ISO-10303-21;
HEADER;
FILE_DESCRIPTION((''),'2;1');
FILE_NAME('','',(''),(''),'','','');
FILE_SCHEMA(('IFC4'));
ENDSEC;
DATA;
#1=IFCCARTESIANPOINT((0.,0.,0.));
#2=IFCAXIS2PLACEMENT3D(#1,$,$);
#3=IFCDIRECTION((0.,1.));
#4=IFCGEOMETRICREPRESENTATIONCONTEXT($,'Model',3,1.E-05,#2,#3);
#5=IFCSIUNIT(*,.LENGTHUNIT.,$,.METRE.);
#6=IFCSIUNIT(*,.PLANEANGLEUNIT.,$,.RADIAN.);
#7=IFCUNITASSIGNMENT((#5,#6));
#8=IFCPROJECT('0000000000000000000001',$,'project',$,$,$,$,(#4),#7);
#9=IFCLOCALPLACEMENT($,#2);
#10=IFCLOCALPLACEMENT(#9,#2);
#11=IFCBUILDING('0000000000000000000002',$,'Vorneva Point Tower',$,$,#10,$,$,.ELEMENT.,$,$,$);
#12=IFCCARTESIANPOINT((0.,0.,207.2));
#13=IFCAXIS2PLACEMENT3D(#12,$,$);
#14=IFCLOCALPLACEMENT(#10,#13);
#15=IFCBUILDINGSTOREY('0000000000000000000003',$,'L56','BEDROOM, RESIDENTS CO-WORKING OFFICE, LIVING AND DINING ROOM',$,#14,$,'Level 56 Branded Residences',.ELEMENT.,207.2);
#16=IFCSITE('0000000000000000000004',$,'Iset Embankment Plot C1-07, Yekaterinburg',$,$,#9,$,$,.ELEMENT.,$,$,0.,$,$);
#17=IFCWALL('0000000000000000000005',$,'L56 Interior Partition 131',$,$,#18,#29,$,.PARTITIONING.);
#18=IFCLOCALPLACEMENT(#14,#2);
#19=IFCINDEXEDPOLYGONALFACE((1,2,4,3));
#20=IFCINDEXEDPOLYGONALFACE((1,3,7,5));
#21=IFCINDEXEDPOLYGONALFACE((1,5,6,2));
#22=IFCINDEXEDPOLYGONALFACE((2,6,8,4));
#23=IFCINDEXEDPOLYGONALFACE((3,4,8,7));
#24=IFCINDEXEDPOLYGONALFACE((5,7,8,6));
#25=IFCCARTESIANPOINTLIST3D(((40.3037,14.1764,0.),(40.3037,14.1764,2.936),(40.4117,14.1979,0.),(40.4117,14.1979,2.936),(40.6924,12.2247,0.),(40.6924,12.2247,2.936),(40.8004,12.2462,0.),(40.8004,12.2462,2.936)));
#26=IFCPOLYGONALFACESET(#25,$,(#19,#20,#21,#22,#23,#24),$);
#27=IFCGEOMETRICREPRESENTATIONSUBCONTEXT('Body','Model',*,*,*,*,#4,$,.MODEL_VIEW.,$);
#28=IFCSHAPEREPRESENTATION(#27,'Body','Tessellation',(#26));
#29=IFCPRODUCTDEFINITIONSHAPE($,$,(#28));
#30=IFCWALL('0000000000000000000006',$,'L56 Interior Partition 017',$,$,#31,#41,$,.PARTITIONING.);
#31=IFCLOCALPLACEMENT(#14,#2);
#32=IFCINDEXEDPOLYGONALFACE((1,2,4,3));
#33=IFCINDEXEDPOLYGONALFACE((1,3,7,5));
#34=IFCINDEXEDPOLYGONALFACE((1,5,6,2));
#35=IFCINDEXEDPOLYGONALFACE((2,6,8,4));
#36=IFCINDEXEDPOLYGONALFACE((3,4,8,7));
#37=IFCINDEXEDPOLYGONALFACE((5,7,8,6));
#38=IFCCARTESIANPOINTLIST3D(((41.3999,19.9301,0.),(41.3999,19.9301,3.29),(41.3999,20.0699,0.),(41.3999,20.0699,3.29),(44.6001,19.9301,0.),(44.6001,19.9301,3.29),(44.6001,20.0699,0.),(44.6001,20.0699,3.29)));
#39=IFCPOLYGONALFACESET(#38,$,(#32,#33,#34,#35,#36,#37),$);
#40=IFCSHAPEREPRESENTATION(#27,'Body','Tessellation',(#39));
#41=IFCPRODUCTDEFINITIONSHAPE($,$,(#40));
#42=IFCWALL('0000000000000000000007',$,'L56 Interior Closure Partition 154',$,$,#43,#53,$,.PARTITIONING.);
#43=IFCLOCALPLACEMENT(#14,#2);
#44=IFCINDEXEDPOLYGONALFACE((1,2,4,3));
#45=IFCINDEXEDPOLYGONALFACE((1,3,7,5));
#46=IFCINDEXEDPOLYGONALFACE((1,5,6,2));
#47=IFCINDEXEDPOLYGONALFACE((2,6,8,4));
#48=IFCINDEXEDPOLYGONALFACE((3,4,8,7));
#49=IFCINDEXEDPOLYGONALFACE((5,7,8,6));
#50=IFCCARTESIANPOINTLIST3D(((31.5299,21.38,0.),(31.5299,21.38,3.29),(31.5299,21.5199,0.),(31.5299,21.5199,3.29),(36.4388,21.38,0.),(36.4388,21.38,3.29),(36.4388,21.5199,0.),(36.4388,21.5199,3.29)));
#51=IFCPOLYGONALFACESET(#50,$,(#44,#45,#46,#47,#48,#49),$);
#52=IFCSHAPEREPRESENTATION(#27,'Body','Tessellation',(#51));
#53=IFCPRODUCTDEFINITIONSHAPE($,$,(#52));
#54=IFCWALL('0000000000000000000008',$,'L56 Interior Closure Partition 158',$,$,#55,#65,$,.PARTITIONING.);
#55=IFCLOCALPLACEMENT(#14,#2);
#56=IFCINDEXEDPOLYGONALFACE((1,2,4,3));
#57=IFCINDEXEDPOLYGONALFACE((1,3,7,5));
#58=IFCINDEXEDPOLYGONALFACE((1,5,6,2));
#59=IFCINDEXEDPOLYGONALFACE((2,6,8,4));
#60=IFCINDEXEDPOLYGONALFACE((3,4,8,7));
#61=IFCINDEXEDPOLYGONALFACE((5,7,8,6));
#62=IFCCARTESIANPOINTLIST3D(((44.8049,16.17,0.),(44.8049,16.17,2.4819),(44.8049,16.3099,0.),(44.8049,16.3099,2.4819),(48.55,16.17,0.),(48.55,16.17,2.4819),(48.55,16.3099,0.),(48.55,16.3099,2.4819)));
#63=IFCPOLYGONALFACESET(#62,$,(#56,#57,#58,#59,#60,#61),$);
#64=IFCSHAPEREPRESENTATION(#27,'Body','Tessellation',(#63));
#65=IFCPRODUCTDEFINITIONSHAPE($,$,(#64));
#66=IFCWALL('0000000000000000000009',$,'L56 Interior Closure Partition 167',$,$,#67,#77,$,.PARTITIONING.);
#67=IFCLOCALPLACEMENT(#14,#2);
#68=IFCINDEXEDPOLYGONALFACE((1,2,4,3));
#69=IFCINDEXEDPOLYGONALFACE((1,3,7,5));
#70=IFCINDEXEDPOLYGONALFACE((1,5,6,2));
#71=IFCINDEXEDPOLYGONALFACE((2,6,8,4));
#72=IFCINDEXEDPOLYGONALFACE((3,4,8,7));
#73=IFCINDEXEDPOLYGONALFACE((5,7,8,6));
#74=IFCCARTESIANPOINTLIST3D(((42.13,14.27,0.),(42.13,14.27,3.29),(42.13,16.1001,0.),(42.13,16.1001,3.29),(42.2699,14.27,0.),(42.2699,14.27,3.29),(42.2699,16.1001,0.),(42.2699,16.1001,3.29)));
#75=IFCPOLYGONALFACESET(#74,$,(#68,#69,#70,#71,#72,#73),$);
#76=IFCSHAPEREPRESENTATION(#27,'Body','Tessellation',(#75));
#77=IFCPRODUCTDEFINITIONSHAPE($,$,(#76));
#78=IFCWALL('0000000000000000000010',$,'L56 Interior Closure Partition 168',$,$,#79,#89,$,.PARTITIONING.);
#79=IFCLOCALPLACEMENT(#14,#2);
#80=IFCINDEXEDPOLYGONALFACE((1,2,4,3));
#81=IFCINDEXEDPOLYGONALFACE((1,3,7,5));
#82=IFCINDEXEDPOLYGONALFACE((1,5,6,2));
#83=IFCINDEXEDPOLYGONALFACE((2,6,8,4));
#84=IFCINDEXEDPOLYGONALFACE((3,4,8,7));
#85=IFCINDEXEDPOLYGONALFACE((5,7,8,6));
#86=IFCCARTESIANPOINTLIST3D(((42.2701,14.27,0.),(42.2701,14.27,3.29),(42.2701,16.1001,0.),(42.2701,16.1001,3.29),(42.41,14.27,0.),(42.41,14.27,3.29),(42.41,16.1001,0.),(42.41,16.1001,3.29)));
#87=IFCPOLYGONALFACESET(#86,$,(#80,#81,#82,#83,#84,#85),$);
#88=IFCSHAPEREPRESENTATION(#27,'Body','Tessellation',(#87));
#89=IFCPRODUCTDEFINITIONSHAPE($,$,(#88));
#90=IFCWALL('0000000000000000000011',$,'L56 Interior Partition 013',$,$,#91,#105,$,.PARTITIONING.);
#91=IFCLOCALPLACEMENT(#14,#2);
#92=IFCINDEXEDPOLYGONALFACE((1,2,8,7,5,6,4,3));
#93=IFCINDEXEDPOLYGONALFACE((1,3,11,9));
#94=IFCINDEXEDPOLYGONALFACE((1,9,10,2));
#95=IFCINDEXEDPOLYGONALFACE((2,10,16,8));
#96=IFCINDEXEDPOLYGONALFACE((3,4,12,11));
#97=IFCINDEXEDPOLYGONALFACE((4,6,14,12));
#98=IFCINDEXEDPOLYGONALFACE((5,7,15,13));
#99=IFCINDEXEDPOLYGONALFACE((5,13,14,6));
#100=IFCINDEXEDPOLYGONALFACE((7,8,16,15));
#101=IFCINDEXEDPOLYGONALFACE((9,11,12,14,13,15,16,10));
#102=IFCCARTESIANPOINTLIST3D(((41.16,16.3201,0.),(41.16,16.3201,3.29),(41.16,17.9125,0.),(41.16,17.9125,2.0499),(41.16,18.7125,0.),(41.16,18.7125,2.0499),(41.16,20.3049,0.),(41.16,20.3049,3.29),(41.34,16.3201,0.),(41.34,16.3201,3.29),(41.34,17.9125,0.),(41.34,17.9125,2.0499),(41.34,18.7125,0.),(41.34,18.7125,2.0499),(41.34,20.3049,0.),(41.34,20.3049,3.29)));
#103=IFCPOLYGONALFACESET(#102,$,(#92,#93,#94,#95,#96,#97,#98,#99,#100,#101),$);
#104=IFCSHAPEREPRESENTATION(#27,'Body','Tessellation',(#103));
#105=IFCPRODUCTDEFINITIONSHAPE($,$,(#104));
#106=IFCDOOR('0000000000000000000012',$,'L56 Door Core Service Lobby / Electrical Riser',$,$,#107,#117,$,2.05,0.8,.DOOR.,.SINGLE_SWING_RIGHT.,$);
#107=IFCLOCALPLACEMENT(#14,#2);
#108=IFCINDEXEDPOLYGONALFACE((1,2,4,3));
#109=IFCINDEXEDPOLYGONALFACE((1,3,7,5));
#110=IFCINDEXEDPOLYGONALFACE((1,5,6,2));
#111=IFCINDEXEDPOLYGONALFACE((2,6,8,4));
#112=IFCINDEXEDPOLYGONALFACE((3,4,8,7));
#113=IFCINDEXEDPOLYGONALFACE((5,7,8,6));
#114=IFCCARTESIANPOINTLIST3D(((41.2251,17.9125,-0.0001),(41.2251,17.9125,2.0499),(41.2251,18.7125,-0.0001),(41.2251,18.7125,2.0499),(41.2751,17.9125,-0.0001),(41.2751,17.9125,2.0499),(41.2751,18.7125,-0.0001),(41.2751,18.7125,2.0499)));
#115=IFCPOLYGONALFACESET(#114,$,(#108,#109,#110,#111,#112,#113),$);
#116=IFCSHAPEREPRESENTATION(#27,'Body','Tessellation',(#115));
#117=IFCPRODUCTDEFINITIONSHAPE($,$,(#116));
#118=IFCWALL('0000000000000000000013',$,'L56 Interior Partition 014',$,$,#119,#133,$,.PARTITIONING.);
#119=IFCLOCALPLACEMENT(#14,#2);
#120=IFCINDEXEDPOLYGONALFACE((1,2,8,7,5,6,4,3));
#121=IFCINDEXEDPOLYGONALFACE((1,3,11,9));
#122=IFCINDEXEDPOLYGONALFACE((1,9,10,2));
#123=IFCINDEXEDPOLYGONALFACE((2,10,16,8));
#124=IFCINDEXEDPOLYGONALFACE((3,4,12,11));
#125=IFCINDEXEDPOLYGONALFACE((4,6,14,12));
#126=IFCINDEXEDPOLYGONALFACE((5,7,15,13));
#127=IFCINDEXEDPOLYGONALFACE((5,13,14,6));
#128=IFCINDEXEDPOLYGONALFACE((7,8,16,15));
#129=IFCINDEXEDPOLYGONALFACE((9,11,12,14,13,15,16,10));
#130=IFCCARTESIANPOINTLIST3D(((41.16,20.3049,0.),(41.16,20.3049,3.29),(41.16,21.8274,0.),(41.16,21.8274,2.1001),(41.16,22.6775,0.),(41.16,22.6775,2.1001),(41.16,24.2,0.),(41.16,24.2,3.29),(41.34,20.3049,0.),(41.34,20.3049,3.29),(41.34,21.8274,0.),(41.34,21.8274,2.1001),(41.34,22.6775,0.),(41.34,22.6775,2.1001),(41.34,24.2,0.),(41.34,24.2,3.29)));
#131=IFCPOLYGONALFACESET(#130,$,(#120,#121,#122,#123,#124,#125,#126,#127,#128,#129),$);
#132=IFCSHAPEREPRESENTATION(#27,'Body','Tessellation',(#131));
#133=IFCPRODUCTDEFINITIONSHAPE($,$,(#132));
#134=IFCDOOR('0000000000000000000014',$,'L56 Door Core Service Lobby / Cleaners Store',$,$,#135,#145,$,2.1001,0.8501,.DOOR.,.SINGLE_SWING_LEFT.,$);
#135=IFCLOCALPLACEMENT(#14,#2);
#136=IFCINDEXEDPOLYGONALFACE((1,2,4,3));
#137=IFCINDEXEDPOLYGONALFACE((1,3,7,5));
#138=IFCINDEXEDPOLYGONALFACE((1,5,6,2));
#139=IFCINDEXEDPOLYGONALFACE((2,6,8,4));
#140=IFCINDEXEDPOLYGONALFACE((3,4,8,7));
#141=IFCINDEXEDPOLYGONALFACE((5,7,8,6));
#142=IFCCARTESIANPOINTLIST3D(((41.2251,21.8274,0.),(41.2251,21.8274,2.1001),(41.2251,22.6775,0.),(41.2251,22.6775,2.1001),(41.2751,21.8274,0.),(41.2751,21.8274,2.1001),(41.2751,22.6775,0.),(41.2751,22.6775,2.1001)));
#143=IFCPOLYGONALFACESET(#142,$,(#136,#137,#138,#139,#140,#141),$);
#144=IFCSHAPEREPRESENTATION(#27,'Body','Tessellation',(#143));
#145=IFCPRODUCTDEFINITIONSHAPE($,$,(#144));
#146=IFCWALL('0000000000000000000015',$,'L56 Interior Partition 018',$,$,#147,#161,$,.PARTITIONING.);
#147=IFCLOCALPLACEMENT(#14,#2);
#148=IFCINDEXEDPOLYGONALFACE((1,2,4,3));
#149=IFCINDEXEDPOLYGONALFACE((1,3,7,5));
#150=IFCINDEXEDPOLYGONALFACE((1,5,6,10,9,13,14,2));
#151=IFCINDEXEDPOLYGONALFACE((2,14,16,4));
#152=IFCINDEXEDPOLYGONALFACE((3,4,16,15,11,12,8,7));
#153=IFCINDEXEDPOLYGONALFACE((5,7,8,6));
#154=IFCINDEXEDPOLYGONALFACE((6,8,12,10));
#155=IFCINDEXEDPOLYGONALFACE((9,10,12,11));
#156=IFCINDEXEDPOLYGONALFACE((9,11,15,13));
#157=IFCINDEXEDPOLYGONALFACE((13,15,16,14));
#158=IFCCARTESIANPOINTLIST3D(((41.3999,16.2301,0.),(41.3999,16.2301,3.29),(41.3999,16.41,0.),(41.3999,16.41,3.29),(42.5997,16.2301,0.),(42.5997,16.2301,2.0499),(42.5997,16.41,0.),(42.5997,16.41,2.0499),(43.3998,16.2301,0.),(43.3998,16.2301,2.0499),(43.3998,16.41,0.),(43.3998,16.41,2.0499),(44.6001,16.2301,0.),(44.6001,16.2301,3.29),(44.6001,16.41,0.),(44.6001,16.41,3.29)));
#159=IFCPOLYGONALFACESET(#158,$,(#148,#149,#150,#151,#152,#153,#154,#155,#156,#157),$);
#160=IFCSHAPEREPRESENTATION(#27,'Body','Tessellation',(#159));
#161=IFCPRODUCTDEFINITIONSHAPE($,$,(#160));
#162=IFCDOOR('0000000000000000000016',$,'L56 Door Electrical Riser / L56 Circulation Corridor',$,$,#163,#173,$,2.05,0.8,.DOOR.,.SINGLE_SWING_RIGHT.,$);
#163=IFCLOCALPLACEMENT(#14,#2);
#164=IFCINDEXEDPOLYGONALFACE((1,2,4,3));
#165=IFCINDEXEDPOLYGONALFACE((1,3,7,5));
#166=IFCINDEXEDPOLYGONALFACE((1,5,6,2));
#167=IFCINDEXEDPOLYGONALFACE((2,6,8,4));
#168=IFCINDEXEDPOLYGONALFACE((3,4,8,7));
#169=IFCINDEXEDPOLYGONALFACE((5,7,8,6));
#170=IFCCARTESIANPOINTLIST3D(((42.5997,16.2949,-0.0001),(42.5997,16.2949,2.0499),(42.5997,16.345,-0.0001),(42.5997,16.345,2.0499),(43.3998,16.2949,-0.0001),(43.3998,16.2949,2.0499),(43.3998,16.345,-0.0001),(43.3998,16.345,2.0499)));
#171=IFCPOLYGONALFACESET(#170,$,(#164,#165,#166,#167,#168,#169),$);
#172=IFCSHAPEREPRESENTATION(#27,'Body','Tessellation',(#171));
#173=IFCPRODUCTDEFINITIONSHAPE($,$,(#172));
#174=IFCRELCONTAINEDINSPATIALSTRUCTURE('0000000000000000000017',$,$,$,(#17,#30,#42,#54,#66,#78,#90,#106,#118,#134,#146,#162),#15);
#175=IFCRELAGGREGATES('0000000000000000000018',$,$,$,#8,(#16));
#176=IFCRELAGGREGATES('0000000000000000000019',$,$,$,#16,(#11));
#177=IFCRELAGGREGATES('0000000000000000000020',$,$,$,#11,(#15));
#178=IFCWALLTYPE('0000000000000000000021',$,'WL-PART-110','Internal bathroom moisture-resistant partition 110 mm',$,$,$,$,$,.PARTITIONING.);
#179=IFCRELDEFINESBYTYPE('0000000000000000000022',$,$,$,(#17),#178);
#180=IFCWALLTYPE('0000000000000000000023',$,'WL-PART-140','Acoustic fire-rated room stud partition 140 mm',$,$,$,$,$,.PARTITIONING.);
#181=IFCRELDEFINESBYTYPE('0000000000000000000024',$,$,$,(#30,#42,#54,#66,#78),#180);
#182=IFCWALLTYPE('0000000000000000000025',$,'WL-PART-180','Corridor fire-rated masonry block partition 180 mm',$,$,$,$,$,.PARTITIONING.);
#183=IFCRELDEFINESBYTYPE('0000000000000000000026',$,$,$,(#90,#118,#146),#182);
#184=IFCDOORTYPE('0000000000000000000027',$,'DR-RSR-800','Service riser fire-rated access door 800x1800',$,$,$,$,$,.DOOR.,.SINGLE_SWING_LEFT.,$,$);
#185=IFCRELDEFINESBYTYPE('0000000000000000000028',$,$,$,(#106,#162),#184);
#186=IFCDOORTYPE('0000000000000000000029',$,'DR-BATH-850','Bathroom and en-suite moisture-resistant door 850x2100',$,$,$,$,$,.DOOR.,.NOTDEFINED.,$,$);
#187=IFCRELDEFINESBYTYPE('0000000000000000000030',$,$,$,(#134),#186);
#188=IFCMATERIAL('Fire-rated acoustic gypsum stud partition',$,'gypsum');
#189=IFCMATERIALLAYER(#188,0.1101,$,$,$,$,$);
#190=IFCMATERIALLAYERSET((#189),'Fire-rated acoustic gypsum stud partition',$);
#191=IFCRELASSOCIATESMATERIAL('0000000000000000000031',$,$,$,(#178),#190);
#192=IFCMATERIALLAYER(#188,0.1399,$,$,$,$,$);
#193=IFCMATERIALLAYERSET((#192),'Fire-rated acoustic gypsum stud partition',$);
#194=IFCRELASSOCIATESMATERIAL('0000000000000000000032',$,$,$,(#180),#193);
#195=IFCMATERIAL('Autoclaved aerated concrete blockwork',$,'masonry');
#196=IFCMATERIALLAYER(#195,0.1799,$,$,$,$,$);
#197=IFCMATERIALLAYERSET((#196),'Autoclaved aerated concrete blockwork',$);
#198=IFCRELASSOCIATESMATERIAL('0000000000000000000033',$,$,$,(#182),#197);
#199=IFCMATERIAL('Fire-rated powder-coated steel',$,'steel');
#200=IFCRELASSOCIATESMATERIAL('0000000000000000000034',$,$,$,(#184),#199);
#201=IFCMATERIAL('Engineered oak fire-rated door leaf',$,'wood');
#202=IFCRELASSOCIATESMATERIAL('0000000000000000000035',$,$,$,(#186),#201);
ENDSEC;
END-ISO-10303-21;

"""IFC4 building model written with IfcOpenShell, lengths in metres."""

from ifc_helpers import new_model, si_unit, direction, frame, frame_2d, origin, place, context, subcontext, project, spatial, rectangle, extrude, material, layer, layer_set, type_object, element, fill, save


model = new_model("IFC4")

# Units and contexts
model_context = context("Model", 3, precision=1e-05, world=origin(), true_north=direction((0.0, 1.0)))
body_context = subcontext(model_context, "Body", "Model", "MODEL_VIEW")
ifc_project = project(units=[si_unit("LENGTHUNIT", "METRE"), si_unit("PLANEANGLEUNIT", "RADIAN")], contexts=[model_context])

# Site, building, storey
site_placement = place(None, origin())
site = spatial("IfcSite", under=ifc_project, at=site_placement, Name="Iset Embankment Plot C1-07, Yekaterinburg", CompositionType="ELEMENT", RefElevation=0.0)
building_placement = place(site_placement, origin())
building = spatial("IfcBuilding", under=site, at=building_placement, Name="Vorneva Point Tower", CompositionType="ELEMENT")
storey_placement = place(building_placement, frame((0.0, 0.0, 207.2)))
storey = spatial("IfcBuildingStorey", under=building, at=storey_placement, Name="L56", Description="BEDROOM, RESIDENTS CO-WORKING OFFICE, LIVING AND DINING ROOM", LongName="Level 56 Branded Residences", CompositionType="ELEMENT", Elevation=207.2)

# Walls
ifc_material_1 = material(Name="Fire-rated acoustic gypsum stud partition", Category="gypsum")
ifc_layer_1 = layer(ifc_material_1, 0.1101)
ifc_layer_set_1 = layer_set([ifc_layer_1], Name="Fire-rated acoustic gypsum stud partition")
wall_type_1 = type_object("IfcWallType", Name="WL-PART-110", Description="Internal bathroom moisture-resistant partition 110 mm", PredefinedType="PARTITIONING", material=ifc_layer_set_1)
wall_1_placement = place(storey_placement, frame((40.3577, 14.1873, 0.0), z_axis=(0.0, 0.0, 1.0), x_axis=(0.195314, -0.980741, 0.0)))
element("IfcWall", 1, at=wall_1_placement, inside=storey, type_object=wall_type_1, Name="L56 Interior Partition 131", PredefinedType="PARTITIONING", context=body_context, shape_type="SweptSolid", body=[
    extrude(rectangle(XDim=1.99, YDim=0.1101, at=frame_2d((0.9951, 0.0))), origin(), (0.0, 0.0, 1.0), 2.936),
])
ifc_layer_2 = layer(ifc_material_1, 0.1399)
ifc_layer_set_2 = layer_set([ifc_layer_2], Name="Fire-rated acoustic gypsum stud partition")
wall_type_2 = type_object("IfcWallType", Name="WL-PART-140", Description="Acoustic fire-rated room stud partition 140 mm", PredefinedType="PARTITIONING", material=ifc_layer_set_2)
wall_2_placement = place(storey_placement, frame((44.6001, 20.0, 0.0), z_axis=(0.0, 0.0, 1.0), x_axis=(-1.0, 0.0, 0.0)))
element("IfcWall", 2, at=wall_2_placement, inside=storey, type_object=wall_type_2, Name="L56 Interior Partition 017", PredefinedType="PARTITIONING", context=body_context, shape_type="SweptSolid", body=[
    extrude(rectangle(XDim=3.2002, YDim=0.1399, at=frame_2d((1.6001, 0.0))), origin(), (0.0, 0.0, 1.0), 3.29),
])
wall_3_placement = place(storey_placement, frame((36.439, 21.45, 0.0), z_axis=(0.0, 0.0, 1.0), x_axis=(-1.0, 0.0, 0.0)))
element("IfcWall", 3, at=wall_3_placement, inside=storey, type_object=wall_type_2, Name="L56 Interior Closure Partition 154", PredefinedType="PARTITIONING", context=body_context, shape_type="SweptSolid", body=[
    extrude(rectangle(XDim=4.9089, YDim=0.1399, at=frame_2d((2.4546, 0.0))), origin(), (0.0, 0.0, 1.0), 3.29),
])
wall_4_placement = place(storey_placement, frame((44.8049, 16.24, 0.0), z_axis=(0.0, 0.0, 1.0), x_axis=(1.0, 0.0, 0.0)))
element("IfcWall", 4, at=wall_4_placement, inside=storey, type_object=wall_type_2, Name="L56 Interior Closure Partition 158", PredefinedType="PARTITIONING", context=body_context, shape_type="SweptSolid", body=[
    extrude(rectangle(XDim=3.7451, YDim=0.1399, at=frame_2d((1.8726, 0.0))), origin(), (0.0, 0.0, 1.0), 2.4819),
])
for number, where, z_axis, x_axis, name in (
    (5, (42.2, 16.1001, 0.0), (0.0, 0.0, 1.0), (0.0, -1.0, 0.0), "L56 Interior Closure Partition 167"),
    (6, (42.3401, 14.27, 0.0), (0.0, 0.0, 1.0), (0.0, 1.0, 0.0), "L56 Interior Closure Partition 168"),
):
    element("IfcWall", number, at=place(storey_placement, frame(where, z_axis=z_axis, x_axis=x_axis)), inside=storey, type_object=wall_type_2, Name=name, PredefinedType="PARTITIONING", context=body_context, shape_type="SweptSolid", body=[
        extrude(rectangle(XDim=1.8301, YDim=0.1399, at=frame_2d((0.915, 0.0))), origin(), (0.0, 0.0, 1.0), 3.29),
    ])

# Walls, openings, doors
ifc_material_2 = material(Name="Autoclaved aerated concrete blockwork", Category="masonry")
ifc_layer_3 = layer(ifc_material_2, 0.1799)
ifc_layer_set_3 = layer_set([ifc_layer_3], Name="Autoclaved aerated concrete blockwork")
wall_type_3 = type_object("IfcWallType", Name="WL-PART-180", Description="Corridor fire-rated masonry block partition 180 mm", PredefinedType="PARTITIONING", material=ifc_layer_set_3)
wall_5_placement = place(storey_placement, frame((41.25, 16.3201, 0.0), z_axis=(0.0, 0.0, 1.0), x_axis=(0.0, 1.0, 0.0)))
wall_5 = element("IfcWall", 7, at=wall_5_placement, inside=storey, type_object=wall_type_3, Name="L56 Interior Partition 013", PredefinedType="PARTITIONING", context=body_context, shape_type="SweptSolid", body=[
    extrude(rectangle(XDim=3.9849, YDim=0.1799, at=frame_2d((1.9924, 0.0))), origin(), (0.0, 0.0, 1.0), 3.29),
])
opening_1_placement = place(wall_5_placement, frame((1.5925, 0.0, 0.0)))
opening_1 = element("IfcOpeningElement", 8, at=opening_1_placement, cuts=wall_5, PredefinedType="OPENING", context=body_context, shape_type="SweptSolid", body=[
    extrude(rectangle(XDim=0.8, YDim=2.05, at=frame_2d((0.3999, 1.0249))), frame((0.0, 0.105, 0.0), z_axis=(0.0, -1.0, 0.0), x_axis=(1.0, 0.0, 0.0)), (0.0, 0.0, 1.0), 0.2097),
])
ifc_material_3 = material(Name="Fire-rated powder-coated steel", Category="steel")
door_type_1 = type_object("IfcDoorType", Name="DR-RSR-800", Description="Service riser fire-rated access door 800x1800", OperationType="SINGLE_SWING_LEFT", PredefinedType="DOOR", material=ifc_material_3)
door_1_placement = place(opening_1_placement, origin())
door_1 = element("IfcDoor", 9, at=door_1_placement, inside=storey, type_object=door_type_1, Name="L56 Door Core Service Lobby / Electrical Riser", OperationType="SINGLE_SWING_RIGHT", OverallHeight=2.05, OverallWidth=0.8, PredefinedType="DOOR", context=body_context, shape_type="SweptSolid", body=[
    extrude(rectangle(XDim=0.8, YDim=2.05, at=frame_2d((0.3999, 1.0249))), frame((0.0, 0.0249, 0.0), z_axis=(0.0, -1.0, 0.0), x_axis=(1.0, 0.0, 0.0)), (0.0, 0.0, 1.0), 0.05),
])
fill(opening_1, door_1)
wall_6_placement = place(storey_placement, frame((41.25, 20.3049, 0.0), z_axis=(0.0, 0.0, 1.0), x_axis=(0.0, 1.0, 0.0)))
wall_6 = element("IfcWall", 10, at=wall_6_placement, inside=storey, type_object=wall_type_3, Name="L56 Interior Partition 014", PredefinedType="PARTITIONING", context=body_context, shape_type="SweptSolid", body=[
    extrude(rectangle(XDim=3.895, YDim=0.1799, at=frame_2d((1.9475, 0.0))), origin(), (0.0, 0.0, 1.0), 3.29),
])
opening_2_placement = place(wall_6_placement, frame((1.5225, 0.0, 0.0)))
opening_2 = element("IfcOpeningElement", 11, at=opening_2_placement, cuts=wall_6, PredefinedType="OPENING", context=body_context, shape_type="SweptSolid", body=[
    extrude(rectangle(XDim=0.8501, YDim=2.1001, at=frame_2d((0.425, 1.05))), frame((0.0, 0.105, 0.0), z_axis=(0.0, -1.0, 0.0), x_axis=(1.0, 0.0, 0.0)), (0.0, 0.0, 1.0), 0.2097),
])
ifc_material_4 = material(Name="Engineered oak fire-rated door leaf", Category="wood")
door_type_2 = type_object("IfcDoorType", Name="DR-BATH-850", Description="Bathroom and en-suite moisture-resistant door 850x2100", OperationType="NOTDEFINED", PredefinedType="DOOR", material=ifc_material_4)
door_2_placement = place(opening_2_placement, origin())
door_2 = element("IfcDoor", 12, at=door_2_placement, inside=storey, type_object=door_type_2, Name="L56 Door Core Service Lobby / Cleaners Store", OperationType="SINGLE_SWING_LEFT", OverallHeight=2.1001, OverallWidth=0.8501, PredefinedType="DOOR", context=body_context, shape_type="SweptSolid", body=[
    extrude(rectangle(XDim=0.8501, YDim=2.1001, at=frame_2d((0.425, 1.05))), frame((0.0, 0.0249, 0.0), z_axis=(0.0, -1.0, 0.0), x_axis=(1.0, 0.0, 0.0)), (0.0, 0.0, 1.0), 0.05),
])
fill(opening_2, door_2)
wall_7_placement = place(storey_placement, frame((41.3999, 16.3201, 0.0), z_axis=(0.0, 0.0, 1.0), x_axis=(1.0, 0.0, 0.0)))
wall_7 = element("IfcWall", 13, at=wall_7_placement, inside=storey, type_object=wall_type_3, Name="L56 Interior Partition 018", PredefinedType="PARTITIONING", context=body_context, shape_type="SweptSolid", body=[
    extrude(rectangle(XDim=3.2002, YDim=0.1799, at=frame_2d((1.6001, 0.0))), origin(), (0.0, 0.0, 1.0), 3.29),
])
opening_3_placement = place(wall_7_placement, frame((1.2, 0.0, 0.0)))
opening_3 = element("IfcOpeningElement", 14, at=opening_3_placement, cuts=wall_7, PredefinedType="OPENING", context=body_context, shape_type="SweptSolid", body=[
    extrude(rectangle(XDim=0.8, YDim=2.05, at=frame_2d((0.3999, 1.0249))), frame((0.0, 0.105, 0.0), z_axis=(0.0, -1.0, 0.0), x_axis=(1.0, 0.0, 0.0)), (0.0, 0.0, 1.0), 0.2097),
])
door_3_placement = place(opening_3_placement, origin())
door_3 = element("IfcDoor", 15, at=door_3_placement, inside=storey, type_object=door_type_1, Name="L56 Door Electrical Riser / L56 Circulation Corridor", OperationType="SINGLE_SWING_RIGHT", OverallHeight=2.05, OverallWidth=0.8, PredefinedType="DOOR", context=body_context, shape_type="SweptSolid", body=[
    extrude(rectangle(XDim=0.8, YDim=2.05, at=frame_2d((0.3999, 1.0249))), frame((0.0, 0.0249, 0.0), z_axis=(0.0, -1.0, 0.0), x_axis=(1.0, 0.0, 0.0)), (0.0, 0.0, 1.0), 0.05),
])
fill(opening_3, door_3)

save(model, "model.ifc")
